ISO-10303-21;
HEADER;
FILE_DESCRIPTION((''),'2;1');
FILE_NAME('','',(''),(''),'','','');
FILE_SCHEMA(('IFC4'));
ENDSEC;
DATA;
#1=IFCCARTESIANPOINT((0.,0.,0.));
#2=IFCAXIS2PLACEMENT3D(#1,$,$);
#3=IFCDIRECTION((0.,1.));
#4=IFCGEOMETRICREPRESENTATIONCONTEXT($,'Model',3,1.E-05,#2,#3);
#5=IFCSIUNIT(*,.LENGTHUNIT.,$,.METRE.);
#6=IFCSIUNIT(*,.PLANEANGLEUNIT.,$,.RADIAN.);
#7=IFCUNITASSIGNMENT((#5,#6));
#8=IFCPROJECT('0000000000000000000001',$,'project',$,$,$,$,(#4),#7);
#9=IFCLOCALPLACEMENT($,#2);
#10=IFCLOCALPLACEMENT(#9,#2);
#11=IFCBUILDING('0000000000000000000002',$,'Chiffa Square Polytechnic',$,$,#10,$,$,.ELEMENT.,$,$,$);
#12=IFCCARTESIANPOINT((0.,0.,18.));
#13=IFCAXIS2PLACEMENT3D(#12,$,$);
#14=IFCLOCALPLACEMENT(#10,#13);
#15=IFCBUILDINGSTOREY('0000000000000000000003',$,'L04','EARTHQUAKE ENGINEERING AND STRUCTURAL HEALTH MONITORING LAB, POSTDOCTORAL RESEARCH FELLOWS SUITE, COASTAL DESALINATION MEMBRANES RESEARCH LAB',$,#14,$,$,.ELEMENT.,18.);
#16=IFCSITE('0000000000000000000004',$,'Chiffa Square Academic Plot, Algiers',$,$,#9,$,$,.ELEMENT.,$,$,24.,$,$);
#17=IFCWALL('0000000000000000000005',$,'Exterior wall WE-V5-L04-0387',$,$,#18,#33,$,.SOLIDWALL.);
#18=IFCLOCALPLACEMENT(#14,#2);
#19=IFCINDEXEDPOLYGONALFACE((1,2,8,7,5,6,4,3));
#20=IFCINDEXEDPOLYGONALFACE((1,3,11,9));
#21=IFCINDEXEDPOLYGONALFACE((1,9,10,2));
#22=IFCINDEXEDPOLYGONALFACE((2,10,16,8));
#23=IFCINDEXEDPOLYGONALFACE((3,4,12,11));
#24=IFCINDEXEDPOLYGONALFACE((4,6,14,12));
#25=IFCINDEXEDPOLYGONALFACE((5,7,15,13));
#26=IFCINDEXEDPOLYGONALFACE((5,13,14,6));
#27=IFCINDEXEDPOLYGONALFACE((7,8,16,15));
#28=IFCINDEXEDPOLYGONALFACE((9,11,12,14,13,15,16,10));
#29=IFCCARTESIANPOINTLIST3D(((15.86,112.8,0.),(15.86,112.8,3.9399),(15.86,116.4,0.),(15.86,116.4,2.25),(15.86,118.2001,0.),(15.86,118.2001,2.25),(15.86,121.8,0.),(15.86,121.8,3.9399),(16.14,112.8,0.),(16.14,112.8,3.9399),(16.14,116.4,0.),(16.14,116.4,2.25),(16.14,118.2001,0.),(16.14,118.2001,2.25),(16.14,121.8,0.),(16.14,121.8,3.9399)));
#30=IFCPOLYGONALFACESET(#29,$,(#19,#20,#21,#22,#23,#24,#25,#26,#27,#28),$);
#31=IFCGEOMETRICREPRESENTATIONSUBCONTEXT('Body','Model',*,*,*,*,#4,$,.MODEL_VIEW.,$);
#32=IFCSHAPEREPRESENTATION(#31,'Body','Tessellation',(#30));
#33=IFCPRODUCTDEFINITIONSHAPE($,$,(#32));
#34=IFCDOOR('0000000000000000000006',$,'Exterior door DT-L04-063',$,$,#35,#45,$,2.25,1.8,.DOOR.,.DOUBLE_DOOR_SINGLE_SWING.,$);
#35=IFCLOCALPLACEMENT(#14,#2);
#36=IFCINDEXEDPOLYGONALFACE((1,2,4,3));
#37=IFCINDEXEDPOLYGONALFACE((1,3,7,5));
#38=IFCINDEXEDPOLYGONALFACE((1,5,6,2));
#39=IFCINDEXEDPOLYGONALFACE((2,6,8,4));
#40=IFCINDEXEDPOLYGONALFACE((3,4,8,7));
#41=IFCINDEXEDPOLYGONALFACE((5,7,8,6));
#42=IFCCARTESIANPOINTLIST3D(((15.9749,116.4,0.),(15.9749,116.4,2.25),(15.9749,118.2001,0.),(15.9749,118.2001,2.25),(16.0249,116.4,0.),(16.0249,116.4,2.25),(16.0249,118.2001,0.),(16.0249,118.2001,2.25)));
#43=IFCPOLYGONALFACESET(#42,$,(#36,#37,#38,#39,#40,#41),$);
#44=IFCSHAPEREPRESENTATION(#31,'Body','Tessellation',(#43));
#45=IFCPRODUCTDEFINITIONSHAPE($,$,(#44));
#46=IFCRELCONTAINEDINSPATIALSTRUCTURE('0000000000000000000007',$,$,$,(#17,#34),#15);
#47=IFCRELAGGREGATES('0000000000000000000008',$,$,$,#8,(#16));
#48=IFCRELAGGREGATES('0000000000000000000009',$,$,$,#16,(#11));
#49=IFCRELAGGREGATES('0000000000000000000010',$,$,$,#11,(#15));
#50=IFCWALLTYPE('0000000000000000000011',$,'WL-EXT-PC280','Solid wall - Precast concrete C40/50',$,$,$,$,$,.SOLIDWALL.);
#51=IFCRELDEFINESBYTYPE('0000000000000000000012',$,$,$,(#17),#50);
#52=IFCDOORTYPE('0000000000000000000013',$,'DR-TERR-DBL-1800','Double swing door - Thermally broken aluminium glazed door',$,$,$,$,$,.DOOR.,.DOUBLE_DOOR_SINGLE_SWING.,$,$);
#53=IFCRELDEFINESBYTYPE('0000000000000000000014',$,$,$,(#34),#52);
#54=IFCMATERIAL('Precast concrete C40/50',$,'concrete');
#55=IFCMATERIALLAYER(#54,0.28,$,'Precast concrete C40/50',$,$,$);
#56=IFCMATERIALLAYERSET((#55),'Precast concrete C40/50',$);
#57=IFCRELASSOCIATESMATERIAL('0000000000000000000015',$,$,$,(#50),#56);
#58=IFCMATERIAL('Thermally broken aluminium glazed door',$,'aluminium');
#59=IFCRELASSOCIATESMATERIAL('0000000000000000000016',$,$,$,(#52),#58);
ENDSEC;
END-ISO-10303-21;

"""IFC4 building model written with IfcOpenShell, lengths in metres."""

from ifc_helpers import new_model, si_unit, direction, frame, frame_2d, origin, place, context, subcontext, project, spatial, rectangle, extrude, material, layer, layer_set, type_object, element, fill, save


model = new_model("IFC4")

# Units and contexts
model_context = context("Model", 3, precision=1e-05, world=origin(), true_north=direction((0.0, 1.0)))
body_context = subcontext(model_context, "Body", "Model", "MODEL_VIEW")
ifc_project = project(units=[si_unit("LENGTHUNIT", "METRE"), si_unit("PLANEANGLEUNIT", "RADIAN")], contexts=[model_context])

# Site, building, storey
site_placement = place(None, origin())
site = spatial("IfcSite", under=ifc_project, at=site_placement, Name="Chiffa Square Academic Plot, Algiers", CompositionType="ELEMENT", RefElevation=24.0)
building_placement = place(site_placement, origin())
building = spatial("IfcBuilding", under=site, at=building_placement, Name="Chiffa Square Polytechnic", CompositionType="ELEMENT")
storey_placement = place(building_placement, frame((0.0, 0.0, 18.0)))
storey = spatial("IfcBuildingStorey", under=building, at=storey_placement, Name="L04", Description="EARTHQUAKE ENGINEERING AND STRUCTURAL HEALTH MONITORING LAB, POSTDOCTORAL RESEARCH FELLOWS SUITE, COASTAL DESALINATION MEMBRANES RESEARCH LAB", CompositionType="ELEMENT", Elevation=18.0)

# Wall, opening, door
ifc_material_1 = material(Name="Precast concrete C40/50", Category="concrete")
ifc_material_2 = material(Name="Thermally broken aluminium glazed door", Category="aluminium")
ifc_layer_1 = layer(ifc_material_1, 0.28, Name="Precast concrete C40/50")
ifc_layer_set_1 = layer_set([ifc_layer_1], Name="Precast concrete C40/50")
wall_type_1 = type_object("IfcWallType", Name="WL-EXT-PC280", Description="Solid wall - Precast concrete C40/50", PredefinedType="SOLIDWALL", material=ifc_layer_set_1)
wall_1_placement = place(storey_placement, frame((16.0, 121.8, 0.0), z_axis=(0.0, 0.0, 1.0), x_axis=(0.0, -1.0, 0.0)))
wall_1 = element("IfcWall", 1, at=wall_1_placement, inside=storey, type_object=wall_type_1, Name="Exterior wall WE-V5-L04-0387", PredefinedType="SOLIDWALL", context=body_context, shape_type="SweptSolid", body=[
    extrude(rectangle(XDim=9.0, YDim=0.28, at=frame_2d((4.5, 0.0))), origin(), (0.0, 0.0, 1.0), 3.9399),
])
opening_1_placement = place(wall_1_placement, frame((3.6001, 0.0, 0.0)))
opening_1 = element("IfcOpeningElement", 2, at=opening_1_placement, cuts=wall_1, PredefinedType="OPENING", context=body_context, shape_type="SweptSolid", body=[
    extrude(rectangle(XDim=1.8, YDim=2.25, at=frame_2d((0.8999, 1.125))), frame((0.0, 0.1499, 0.0), z_axis=(0.0, -1.0, 0.0), x_axis=(1.0, 0.0, 0.0)), (0.0, 0.0, 1.0), 0.3),
])
door_type_1 = type_object("IfcDoorType", Name="DR-TERR-DBL-1800", Description="Double swing door - Thermally broken aluminium glazed door", OperationType="DOUBLE_DOOR_SINGLE_SWING", PredefinedType="DOOR", material=ifc_material_2)
door_1_placement = place(opening_1_placement, origin())
door_1 = element("IfcDoor", 3, at=door_1_placement, inside=storey, type_object=door_type_1, Name="Exterior door DT-L04-063", OperationType="DOUBLE_DOOR_SINGLE_SWING", OverallHeight=2.25, OverallWidth=1.8, PredefinedType="DOOR", context=body_context, shape_type="SweptSolid", body=[
    extrude(rectangle(XDim=1.8, YDim=2.25, at=frame_2d((0.8999, 1.125))), frame((0.0, 0.0249, 0.0), z_axis=(0.0, -1.0, 0.0), x_axis=(1.0, 0.0, 0.0)), (0.0, 0.0, 1.0), 0.05),
])
fill(opening_1, door_1)

save(model, "model.ifc")
